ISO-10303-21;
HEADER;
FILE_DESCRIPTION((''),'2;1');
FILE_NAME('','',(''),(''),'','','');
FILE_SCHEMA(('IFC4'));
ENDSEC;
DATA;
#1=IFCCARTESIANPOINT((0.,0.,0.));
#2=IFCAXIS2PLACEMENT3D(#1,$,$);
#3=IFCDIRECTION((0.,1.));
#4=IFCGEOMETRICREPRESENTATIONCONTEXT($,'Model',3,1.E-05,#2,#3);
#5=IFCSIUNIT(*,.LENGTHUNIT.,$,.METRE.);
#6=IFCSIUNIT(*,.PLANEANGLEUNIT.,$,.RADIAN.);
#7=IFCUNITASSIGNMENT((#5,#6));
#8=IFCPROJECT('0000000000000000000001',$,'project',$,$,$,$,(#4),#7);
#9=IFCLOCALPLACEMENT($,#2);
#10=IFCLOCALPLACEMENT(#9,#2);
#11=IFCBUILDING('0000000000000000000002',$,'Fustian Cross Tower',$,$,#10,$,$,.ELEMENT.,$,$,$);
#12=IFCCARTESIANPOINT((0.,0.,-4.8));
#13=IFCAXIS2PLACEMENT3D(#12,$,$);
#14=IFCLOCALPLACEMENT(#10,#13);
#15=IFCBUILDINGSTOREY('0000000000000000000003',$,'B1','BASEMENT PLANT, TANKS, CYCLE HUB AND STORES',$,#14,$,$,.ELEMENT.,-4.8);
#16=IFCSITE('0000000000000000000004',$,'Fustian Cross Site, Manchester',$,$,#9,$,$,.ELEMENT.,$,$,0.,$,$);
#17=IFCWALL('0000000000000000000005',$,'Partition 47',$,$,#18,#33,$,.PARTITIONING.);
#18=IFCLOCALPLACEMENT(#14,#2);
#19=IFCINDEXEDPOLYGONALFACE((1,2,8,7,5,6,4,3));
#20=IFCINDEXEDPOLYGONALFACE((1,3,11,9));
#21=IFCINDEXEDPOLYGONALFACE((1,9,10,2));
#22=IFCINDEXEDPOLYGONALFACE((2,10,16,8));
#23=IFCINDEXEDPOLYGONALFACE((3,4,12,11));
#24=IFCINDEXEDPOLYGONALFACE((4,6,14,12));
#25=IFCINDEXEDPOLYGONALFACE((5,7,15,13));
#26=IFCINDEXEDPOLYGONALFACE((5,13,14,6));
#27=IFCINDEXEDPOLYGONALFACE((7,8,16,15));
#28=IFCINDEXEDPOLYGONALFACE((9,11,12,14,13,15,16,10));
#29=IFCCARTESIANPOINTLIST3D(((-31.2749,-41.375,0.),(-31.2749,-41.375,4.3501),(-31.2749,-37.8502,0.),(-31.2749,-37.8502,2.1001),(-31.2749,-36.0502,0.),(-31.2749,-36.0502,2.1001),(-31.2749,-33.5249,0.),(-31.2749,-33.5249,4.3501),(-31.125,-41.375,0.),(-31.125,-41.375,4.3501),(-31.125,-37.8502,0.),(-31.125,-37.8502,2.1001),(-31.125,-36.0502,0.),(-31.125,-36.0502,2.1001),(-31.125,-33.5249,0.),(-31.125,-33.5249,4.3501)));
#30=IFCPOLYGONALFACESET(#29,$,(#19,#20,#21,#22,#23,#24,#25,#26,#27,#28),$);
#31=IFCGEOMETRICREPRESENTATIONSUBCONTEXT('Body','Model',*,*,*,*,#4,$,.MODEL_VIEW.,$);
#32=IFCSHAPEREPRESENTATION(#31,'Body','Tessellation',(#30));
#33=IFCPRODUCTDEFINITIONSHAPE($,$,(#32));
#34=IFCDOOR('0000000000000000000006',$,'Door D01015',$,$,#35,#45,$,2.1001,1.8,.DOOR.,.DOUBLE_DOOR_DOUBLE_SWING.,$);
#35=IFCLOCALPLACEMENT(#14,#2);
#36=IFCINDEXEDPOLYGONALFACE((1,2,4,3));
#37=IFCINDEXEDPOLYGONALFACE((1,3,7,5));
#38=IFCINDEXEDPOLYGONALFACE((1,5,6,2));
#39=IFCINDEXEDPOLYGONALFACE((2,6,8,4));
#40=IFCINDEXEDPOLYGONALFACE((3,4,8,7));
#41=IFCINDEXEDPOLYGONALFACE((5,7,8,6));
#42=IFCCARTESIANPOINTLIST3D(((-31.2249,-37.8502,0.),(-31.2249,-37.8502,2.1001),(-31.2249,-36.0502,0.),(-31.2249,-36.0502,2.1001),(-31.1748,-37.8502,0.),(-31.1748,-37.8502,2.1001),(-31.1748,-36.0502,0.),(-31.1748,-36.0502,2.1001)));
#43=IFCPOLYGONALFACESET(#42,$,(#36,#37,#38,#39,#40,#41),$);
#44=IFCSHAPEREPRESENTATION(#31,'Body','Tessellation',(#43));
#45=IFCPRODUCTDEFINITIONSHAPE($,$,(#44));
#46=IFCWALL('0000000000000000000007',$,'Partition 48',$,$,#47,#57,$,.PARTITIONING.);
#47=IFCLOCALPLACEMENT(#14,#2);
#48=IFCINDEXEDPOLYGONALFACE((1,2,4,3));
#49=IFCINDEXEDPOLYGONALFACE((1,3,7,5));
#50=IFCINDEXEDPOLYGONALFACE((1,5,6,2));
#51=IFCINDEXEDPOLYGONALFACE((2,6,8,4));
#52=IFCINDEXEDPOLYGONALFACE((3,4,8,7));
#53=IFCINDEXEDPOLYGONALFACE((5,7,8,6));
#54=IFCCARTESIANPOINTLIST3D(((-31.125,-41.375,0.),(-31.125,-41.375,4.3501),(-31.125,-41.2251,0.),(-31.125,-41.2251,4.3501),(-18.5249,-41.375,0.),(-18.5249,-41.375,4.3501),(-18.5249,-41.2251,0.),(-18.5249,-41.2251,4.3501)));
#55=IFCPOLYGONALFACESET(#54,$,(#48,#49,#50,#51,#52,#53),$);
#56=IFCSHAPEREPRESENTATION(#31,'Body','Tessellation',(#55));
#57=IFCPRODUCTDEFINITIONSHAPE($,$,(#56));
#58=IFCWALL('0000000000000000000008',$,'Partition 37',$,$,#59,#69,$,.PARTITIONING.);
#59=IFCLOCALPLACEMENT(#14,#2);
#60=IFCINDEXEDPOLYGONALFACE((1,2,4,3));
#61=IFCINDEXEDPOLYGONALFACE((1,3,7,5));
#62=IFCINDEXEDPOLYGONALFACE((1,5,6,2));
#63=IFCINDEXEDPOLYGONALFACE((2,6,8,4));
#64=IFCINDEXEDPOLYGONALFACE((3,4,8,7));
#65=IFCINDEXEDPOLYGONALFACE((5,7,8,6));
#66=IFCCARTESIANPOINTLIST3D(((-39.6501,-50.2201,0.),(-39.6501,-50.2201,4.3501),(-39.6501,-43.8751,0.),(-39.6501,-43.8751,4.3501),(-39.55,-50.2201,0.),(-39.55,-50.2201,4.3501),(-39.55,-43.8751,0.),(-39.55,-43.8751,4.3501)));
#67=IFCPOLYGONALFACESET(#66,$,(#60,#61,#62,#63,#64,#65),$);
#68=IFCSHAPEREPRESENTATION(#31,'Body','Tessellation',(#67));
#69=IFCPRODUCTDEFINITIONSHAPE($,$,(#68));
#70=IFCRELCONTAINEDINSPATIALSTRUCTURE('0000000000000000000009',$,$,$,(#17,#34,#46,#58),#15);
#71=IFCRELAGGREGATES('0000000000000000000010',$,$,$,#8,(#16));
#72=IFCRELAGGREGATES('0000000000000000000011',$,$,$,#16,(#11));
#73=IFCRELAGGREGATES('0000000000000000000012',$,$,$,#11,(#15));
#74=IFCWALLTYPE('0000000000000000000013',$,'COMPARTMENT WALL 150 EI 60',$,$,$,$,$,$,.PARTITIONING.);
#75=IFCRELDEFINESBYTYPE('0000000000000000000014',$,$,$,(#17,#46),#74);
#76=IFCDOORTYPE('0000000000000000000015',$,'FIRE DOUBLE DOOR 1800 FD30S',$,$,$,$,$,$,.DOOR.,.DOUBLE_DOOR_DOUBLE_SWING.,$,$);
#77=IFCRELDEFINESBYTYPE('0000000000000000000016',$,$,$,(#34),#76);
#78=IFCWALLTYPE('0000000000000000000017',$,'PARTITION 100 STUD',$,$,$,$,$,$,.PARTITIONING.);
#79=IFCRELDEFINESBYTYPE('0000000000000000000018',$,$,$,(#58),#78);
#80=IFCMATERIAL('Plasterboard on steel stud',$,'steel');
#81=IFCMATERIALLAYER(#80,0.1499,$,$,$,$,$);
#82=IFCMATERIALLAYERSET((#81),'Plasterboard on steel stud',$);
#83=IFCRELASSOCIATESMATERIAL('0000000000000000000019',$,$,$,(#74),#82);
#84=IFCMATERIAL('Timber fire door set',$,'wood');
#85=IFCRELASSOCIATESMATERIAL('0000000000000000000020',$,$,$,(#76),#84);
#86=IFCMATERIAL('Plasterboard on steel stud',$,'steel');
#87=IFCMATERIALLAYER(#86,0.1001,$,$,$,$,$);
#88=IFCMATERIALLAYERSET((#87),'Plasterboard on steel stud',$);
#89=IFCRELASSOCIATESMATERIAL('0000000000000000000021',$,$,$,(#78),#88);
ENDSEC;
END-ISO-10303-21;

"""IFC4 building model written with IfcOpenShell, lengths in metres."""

from ifc_helpers import new_model, si_unit, direction, frame, frame_2d, origin, place, context, subcontext, project, spatial, rectangle, extrude, material, layer, layer_set, type_object, element, fill, save


model = new_model("IFC4")

# Units and contexts
model_context = context("Model", 3, precision=1e-05, world=origin(), true_north=direction((0.0, 1.0)))
body_context = subcontext(model_context, "Body", "Model", "MODEL_VIEW")
ifc_project = project(units=[si_unit("LENGTHUNIT", "METRE"), si_unit("PLANEANGLEUNIT", "RADIAN")], contexts=[model_context])

# Site, building, storey
site_placement = place(None, origin())
site = spatial("IfcSite", under=ifc_project, at=site_placement, Name="Fustian Cross Site, Manchester", CompositionType="ELEMENT", RefElevation=0.0)
building_placement = place(site_placement, origin())
building = spatial("IfcBuilding", under=site, at=building_placement, Name="Fustian Cross Tower", CompositionType="ELEMENT")
storey_placement = place(building_placement, frame((0.0, 0.0, -4.8)))
storey = spatial("IfcBuildingStorey", under=building, at=storey_placement, Name="B1", Description="BASEMENT PLANT, TANKS, CYCLE HUB AND STORES", CompositionType="ELEMENT", Elevation=-4.8)

# Shared definitions
ifc_material_1 = material(Name="Plasterboard on steel stud", Category="steel")
ifc_layer_1 = layer(ifc_material_1, 0.1499)
ifc_layer_set_1 = layer_set([ifc_layer_1], Name="Plasterboard on steel stud")
wall_type_1 = type_object("IfcWallType", Name="COMPARTMENT WALL 150 EI 60", PredefinedType="PARTITIONING", material=ifc_layer_set_1)

# Wall, opening, door
wall_1_placement = place(storey_placement, frame((-31.2, -41.375, 0.0), z_axis=(0.0, 0.0, 1.0), x_axis=(0.0, 1.0, 0.0)))
wall_1 = element("IfcWall", 1, at=wall_1_placement, inside=storey, type_object=wall_type_1, Name="Partition 47", PredefinedType="PARTITIONING", context=body_context, shape_type="SweptSolid", body=[
    extrude(rectangle(XDim=7.8501, YDim=0.1499, at=frame_2d((3.925, 0.0))), origin(), (0.0, 0.0, 1.0), 4.3501),
])
opening_1_placement = place(wall_1_placement, frame((3.5249, 0.0, 0.0)))
opening_1 = element("IfcOpeningElement", 2, at=opening_1_placement, cuts=wall_1, PredefinedType="OPENING", context=body_context, shape_type="SweptSolid", body=[
    extrude(rectangle(XDim=1.8, YDim=2.1001, at=frame_2d((0.8999, 1.05))), frame((0.0, 0.085, 0.0), z_axis=(0.0, -1.0, 0.0), x_axis=(1.0, 0.0, 0.0)), (0.0, 0.0, 1.0), 0.1699),
])
ifc_material_2 = material(Name="Timber fire door set", Category="wood")
door_type_1 = type_object("IfcDoorType", Name="FIRE DOUBLE DOOR 1800 FD30S", OperationType="DOUBLE_DOOR_DOUBLE_SWING", PredefinedType="DOOR", material=ifc_material_2)
door_1_placement = place(opening_1_placement, origin())
door_1 = element("IfcDoor", 3, at=door_1_placement, inside=storey, type_object=door_type_1, Name="Door D01015", OperationType="DOUBLE_DOOR_DOUBLE_SWING", OverallHeight=2.1001, OverallWidth=1.8, PredefinedType="DOOR", context=body_context, shape_type="SweptSolid", body=[
    extrude(rectangle(XDim=1.8, YDim=2.1001, at=frame_2d((0.8999, 1.05))), frame((0.0, 0.0249, 0.0), z_axis=(0.0, -1.0, 0.0), x_axis=(1.0, 0.0, 0.0)), (0.0, 0.0, 1.0), 0.05),
])
fill(opening_1, door_1)

# Walls
wall_2_placement = place(storey_placement, frame((-31.125, -41.3, 0.0), z_axis=(0.0, 0.0, 1.0), x_axis=(1.0, 0.0, 0.0)))
element("IfcWall", 4, at=wall_2_placement, inside=storey, type_object=wall_type_1, Name="Partition 48", PredefinedType="PARTITIONING", context=body_context, shape_type="SweptSolid", body=[
    extrude(rectangle(XDim=12.6001, YDim=0.1499, at=frame_2d((6.3, 0.0))), origin(), (0.0, 0.0, 1.0), 4.3501),
])
ifc_material_3 = material(Name="Plasterboard on steel stud", Category="steel")
ifc_layer_2 = layer(ifc_material_3, 0.1001)
ifc_layer_set_2 = layer_set([ifc_layer_2], Name="Plasterboard on steel stud")
wall_type_2 = type_object("IfcWallType", Name="PARTITION 100 STUD", PredefinedType="PARTITIONING", material=ifc_layer_set_2)
wall_3_placement = place(storey_placement, frame((-39.6001, -50.22, 0.0), z_axis=(0.0, 0.0, 1.0), x_axis=(0.0, 1.0, 0.0)))
element("IfcWall", 5, at=wall_3_placement, inside=storey, type_object=wall_type_2, Name="Partition 37", PredefinedType="PARTITIONING", context=body_context, shape_type="SweptSolid", body=[
    extrude(rectangle(XDim=6.345, YDim=0.1001, at=frame_2d((3.1724, 0.0))), origin(), (0.0, 0.0, 1.0), 4.3501),
])

save(model, "model.ifc")
